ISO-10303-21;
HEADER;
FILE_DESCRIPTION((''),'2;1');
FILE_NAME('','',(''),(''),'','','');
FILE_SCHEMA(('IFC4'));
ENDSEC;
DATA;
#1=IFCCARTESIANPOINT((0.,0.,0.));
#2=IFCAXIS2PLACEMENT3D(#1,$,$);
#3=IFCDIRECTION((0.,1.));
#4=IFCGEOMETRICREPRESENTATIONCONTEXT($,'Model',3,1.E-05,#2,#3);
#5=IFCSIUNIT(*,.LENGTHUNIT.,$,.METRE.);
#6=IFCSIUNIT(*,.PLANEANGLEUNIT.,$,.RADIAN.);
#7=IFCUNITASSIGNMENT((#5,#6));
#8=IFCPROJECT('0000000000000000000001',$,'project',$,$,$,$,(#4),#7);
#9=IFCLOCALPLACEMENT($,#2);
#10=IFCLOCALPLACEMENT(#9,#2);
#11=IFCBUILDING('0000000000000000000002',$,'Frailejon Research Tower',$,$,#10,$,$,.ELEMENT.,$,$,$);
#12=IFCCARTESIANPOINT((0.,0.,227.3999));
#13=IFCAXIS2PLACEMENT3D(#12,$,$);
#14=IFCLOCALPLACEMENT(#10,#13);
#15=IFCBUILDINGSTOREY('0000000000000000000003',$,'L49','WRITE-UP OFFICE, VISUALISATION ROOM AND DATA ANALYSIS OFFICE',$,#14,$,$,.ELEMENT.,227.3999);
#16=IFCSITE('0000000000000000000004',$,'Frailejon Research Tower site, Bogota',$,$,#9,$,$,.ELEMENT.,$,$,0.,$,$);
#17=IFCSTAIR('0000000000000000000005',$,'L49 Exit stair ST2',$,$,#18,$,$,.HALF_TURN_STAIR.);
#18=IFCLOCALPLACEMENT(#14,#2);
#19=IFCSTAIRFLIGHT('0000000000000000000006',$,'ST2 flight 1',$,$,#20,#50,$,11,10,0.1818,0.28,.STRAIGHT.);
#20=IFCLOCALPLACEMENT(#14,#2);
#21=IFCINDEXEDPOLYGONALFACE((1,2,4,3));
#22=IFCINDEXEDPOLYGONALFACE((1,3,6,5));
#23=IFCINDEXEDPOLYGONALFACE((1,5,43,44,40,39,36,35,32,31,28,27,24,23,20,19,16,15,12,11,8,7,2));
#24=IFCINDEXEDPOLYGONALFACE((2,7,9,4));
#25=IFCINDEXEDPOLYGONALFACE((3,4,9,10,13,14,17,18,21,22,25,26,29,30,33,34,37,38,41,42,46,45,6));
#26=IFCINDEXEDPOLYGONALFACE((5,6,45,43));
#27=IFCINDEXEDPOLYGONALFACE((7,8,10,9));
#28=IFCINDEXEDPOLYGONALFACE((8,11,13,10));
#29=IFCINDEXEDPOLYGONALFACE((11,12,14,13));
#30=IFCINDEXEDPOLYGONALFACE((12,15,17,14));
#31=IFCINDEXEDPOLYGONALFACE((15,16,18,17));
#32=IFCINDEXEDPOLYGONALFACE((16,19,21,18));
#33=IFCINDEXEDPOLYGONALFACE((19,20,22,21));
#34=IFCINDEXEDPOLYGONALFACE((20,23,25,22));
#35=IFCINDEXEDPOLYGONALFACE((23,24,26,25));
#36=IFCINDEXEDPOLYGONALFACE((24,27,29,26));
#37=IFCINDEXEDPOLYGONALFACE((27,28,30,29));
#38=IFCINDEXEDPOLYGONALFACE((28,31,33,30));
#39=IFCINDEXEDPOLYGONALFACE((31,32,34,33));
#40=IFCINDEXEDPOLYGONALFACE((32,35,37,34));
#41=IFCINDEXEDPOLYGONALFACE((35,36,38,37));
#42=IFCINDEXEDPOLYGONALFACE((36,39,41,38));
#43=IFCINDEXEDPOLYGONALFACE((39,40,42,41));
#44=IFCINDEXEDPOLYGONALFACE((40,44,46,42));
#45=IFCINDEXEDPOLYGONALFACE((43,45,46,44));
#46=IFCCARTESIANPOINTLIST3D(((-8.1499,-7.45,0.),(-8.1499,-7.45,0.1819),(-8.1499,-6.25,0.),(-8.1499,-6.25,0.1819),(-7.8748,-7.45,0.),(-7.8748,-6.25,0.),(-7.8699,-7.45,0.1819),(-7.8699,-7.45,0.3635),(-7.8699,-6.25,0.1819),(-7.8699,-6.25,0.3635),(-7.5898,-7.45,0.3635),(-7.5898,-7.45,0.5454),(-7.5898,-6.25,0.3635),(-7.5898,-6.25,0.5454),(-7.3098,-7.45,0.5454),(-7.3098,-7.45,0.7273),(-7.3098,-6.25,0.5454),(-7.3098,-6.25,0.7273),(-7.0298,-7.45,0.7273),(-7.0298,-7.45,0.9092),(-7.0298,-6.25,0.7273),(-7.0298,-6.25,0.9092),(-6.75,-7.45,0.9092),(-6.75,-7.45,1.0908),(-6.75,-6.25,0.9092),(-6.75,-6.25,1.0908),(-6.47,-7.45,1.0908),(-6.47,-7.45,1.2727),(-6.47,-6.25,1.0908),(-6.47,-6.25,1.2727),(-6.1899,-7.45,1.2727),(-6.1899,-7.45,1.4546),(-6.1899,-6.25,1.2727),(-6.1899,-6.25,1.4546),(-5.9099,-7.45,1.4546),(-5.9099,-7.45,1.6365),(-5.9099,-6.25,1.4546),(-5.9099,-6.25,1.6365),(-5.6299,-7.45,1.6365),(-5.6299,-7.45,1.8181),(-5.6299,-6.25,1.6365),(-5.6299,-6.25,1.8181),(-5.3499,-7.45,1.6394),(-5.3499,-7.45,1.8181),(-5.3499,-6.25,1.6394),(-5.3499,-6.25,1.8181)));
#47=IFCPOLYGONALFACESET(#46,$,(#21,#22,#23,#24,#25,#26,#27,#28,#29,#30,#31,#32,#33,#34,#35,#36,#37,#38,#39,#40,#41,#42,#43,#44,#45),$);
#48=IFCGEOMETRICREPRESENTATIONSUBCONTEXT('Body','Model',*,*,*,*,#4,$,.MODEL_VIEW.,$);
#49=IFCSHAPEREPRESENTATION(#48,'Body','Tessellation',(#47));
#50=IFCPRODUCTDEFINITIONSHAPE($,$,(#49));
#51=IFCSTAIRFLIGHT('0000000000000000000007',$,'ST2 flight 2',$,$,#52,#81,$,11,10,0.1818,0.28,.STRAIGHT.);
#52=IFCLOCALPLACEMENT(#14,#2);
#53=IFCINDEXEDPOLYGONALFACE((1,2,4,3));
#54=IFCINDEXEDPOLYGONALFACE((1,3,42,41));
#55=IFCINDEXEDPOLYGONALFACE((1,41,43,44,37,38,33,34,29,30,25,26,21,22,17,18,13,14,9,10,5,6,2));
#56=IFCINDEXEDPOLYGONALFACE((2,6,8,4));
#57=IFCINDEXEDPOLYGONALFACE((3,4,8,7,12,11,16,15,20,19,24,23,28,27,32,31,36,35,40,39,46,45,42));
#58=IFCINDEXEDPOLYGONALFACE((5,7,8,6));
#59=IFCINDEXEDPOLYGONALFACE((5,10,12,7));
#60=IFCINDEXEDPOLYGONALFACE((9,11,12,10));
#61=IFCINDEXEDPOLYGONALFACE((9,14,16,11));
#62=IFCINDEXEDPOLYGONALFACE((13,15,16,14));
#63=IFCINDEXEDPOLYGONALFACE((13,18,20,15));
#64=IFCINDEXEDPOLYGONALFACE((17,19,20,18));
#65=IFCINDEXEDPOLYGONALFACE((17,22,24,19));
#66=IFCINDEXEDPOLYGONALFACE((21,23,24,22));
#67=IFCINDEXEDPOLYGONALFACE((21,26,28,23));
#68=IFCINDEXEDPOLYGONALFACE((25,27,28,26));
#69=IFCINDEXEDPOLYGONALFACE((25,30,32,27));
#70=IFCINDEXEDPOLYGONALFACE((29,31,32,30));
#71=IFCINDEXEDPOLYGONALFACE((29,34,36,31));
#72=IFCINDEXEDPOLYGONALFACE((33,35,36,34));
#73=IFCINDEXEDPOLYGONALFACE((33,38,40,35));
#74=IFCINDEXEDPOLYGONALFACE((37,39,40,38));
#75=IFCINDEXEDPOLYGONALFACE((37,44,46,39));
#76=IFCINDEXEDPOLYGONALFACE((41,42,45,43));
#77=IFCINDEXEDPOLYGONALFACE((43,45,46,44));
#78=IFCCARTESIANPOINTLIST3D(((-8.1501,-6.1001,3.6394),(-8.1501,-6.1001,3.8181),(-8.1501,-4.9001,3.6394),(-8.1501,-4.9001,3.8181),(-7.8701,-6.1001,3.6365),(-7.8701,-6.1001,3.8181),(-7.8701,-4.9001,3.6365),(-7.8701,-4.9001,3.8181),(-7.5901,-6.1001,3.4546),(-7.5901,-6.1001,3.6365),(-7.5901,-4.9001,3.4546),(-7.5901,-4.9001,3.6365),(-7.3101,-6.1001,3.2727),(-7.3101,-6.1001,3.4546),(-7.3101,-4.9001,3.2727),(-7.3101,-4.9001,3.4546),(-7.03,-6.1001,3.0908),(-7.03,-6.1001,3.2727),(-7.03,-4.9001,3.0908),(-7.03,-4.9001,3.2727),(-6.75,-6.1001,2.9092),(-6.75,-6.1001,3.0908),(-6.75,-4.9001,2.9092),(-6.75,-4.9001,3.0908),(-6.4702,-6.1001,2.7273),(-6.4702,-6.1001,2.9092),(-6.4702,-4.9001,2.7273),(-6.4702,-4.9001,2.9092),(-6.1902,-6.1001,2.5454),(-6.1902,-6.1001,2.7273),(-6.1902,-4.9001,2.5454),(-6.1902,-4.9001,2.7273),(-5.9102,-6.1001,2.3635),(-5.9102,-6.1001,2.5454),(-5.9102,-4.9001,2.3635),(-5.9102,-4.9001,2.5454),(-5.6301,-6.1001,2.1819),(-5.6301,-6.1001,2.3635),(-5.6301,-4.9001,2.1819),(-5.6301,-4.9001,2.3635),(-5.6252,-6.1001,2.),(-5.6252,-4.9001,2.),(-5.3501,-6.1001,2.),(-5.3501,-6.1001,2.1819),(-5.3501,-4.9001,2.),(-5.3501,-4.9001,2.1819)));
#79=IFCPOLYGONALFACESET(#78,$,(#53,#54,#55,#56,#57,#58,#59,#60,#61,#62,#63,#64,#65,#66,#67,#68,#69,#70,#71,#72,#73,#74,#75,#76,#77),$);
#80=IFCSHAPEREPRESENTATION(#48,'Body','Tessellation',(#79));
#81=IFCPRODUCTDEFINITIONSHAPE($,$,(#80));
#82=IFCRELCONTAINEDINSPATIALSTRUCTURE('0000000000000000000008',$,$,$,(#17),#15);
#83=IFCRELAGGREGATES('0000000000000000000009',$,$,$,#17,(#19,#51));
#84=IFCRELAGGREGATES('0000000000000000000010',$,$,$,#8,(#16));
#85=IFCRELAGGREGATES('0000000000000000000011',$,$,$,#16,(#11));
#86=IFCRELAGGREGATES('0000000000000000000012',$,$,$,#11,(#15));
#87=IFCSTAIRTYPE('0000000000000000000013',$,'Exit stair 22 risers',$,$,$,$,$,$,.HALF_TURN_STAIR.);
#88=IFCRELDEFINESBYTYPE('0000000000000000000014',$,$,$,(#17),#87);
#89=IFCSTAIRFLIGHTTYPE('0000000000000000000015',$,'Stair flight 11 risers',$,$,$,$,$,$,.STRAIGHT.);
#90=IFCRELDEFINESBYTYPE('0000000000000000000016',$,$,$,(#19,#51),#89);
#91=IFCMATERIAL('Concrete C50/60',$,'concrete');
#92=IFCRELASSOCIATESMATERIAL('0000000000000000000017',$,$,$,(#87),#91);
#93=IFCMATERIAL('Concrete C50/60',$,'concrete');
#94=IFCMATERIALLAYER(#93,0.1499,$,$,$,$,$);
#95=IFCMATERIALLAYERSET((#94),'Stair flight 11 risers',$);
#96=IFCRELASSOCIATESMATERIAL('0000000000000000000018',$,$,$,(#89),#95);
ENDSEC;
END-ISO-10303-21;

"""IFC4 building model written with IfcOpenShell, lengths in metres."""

from ifc_helpers import new_model, si_unit, direction, frame, origin, place, context, subcontext, project, spatial, polyline, outline, extrude, material, layer, layer_set, type_object, element, aggregate, save


model = new_model("IFC4")

# Units and contexts
model_context = context("Model", 3, precision=1e-05, world=origin(), true_north=direction((0.0, 1.0)))
body_context = subcontext(model_context, "Body", "Model", "MODEL_VIEW")
ifc_project = project(units=[si_unit("LENGTHUNIT", "METRE"), si_unit("PLANEANGLEUNIT", "RADIAN")], contexts=[model_context])

# Site, building, storey
site_placement = place(None, origin())
site = spatial("IfcSite", under=ifc_project, at=site_placement, Name="Frailejon Research Tower site, Bogota", CompositionType="ELEMENT", RefElevation=0.0)
building_placement = place(site_placement, origin())
building = spatial("IfcBuilding", under=site, at=building_placement, Name="Frailejon Research Tower", CompositionType="ELEMENT")
storey_placement = place(building_placement, frame((0.0, 0.0, 227.3999)))
storey = spatial("IfcBuildingStorey", under=building, at=storey_placement, Name="L49", Description="WRITE-UP OFFICE, VISUALISATION ROOM AND DATA ANALYSIS OFFICE", CompositionType="ELEMENT", Elevation=227.3999)

# Stair, stair flights
ifc_material_1 = material(Name="Concrete C50/60", Category="concrete")
stair_type = type_object("IfcStairType", Name="Exit stair 22 risers", PredefinedType="HALF_TURN_STAIR", material=ifc_material_1)
stair_placement = place(storey_placement, origin())
stair = element("IfcStair", 1, at=stair_placement, inside=storey, type_object=stair_type, Name="L49 Exit stair ST2", PredefinedType="HALF_TURN_STAIR")
ifc_material_2 = material(Name="Concrete C50/60", Category="concrete")
ifc_layer_1 = layer(ifc_material_2, 0.1499)
ifc_layer_set_1 = layer_set([ifc_layer_1], Name="Stair flight 11 risers")
stair_flight_type = type_object("IfcStairFlightType", Name="Stair flight 11 risers", PredefinedType="STRAIGHT", material=ifc_layer_set_1)
stair_flight_1_placement = place(storey_placement, frame((-8.1499, -6.8501, 0.0), z_axis=(0.0, 0.0, 1.0), x_axis=(1.0, 0.0, 0.0)))
stair_flight_1 = element("IfcStairFlight", 2, at=stair_flight_1_placement, type_object=stair_flight_type, Name="ST2 flight 1", NumberOfRisers=11, NumberOfTreads=10, PredefinedType="STRAIGHT", RiserHeight=0.1818, TreadLength=0.28, context=body_context, shape_type="SweptSolid", body=[
    extrude(outline(polyline([(0.0, 0.0), (0.0, 0.1819), (0.28, 0.1819), (0.28, 0.3635), (0.5601, 0.3635), (0.5601, 0.5454), (0.8401, 0.5454), (0.8401, 0.7273), (1.1201, 0.7273), (1.1201, 0.9092), (1.3999, 0.9092), (1.3999, 1.0908), (1.6799, 1.0908), (1.6799, 1.2727), (1.96, 1.2727), (1.96, 1.4546), (2.24, 1.4546), (2.24, 1.6365), (2.52, 1.6365), (2.52, 1.8181), (2.8, 1.8181), (2.8, 2.0), (2.8, 1.6394), (0.2751, 0.0), (0.0, 0.0)])), frame((0.0, 0.6001, 0.0), z_axis=(0.0, -1.0, 0.0), x_axis=(1.0, 0.0, 0.0)), (0.0, 0.0, 1.0), 1.2),
])
stair_flight_2_placement = place(storey_placement, frame((-5.3501, -5.5, 2.0), z_axis=(0.0, 0.0, 1.0), x_axis=(-1.0, 0.0, 0.0)))
stair_flight_2 = element("IfcStairFlight", 3, at=stair_flight_2_placement, type_object=stair_flight_type, Name="ST2 flight 2", NumberOfRisers=11, NumberOfTreads=10, PredefinedType="STRAIGHT", RiserHeight=0.1818, TreadLength=0.28, context=body_context, shape_type="SweptSolid", body=[
    extrude(outline(polyline([(0.0, 0.0), (0.0, 0.1819), (0.28, 0.1819), (0.28, 0.3635), (0.5601, 0.3635), (0.5601, 0.5454), (0.8401, 0.5454), (0.8401, 0.7273), (1.1201, 0.7273), (1.1201, 0.9092), (1.3999, 0.9092), (1.3999, 1.0908), (1.6799, 1.0908), (1.6799, 1.2727), (1.96, 1.2727), (1.96, 1.4546), (2.24, 1.4546), (2.24, 1.6365), (2.52, 1.6365), (2.52, 1.8181), (2.8, 1.8181), (2.8, 2.0), (2.8, 1.6394), (0.2751, 0.0), (0.0, 0.0)])), frame((0.0, 0.6001, 0.0), z_axis=(0.0, -1.0, 0.0), x_axis=(1.0, 0.0, 0.0)), (0.0, 0.0, 1.0), 1.2),
])
aggregate(stair, [stair_flight_1, stair_flight_2])

save(model, "model.ifc")
